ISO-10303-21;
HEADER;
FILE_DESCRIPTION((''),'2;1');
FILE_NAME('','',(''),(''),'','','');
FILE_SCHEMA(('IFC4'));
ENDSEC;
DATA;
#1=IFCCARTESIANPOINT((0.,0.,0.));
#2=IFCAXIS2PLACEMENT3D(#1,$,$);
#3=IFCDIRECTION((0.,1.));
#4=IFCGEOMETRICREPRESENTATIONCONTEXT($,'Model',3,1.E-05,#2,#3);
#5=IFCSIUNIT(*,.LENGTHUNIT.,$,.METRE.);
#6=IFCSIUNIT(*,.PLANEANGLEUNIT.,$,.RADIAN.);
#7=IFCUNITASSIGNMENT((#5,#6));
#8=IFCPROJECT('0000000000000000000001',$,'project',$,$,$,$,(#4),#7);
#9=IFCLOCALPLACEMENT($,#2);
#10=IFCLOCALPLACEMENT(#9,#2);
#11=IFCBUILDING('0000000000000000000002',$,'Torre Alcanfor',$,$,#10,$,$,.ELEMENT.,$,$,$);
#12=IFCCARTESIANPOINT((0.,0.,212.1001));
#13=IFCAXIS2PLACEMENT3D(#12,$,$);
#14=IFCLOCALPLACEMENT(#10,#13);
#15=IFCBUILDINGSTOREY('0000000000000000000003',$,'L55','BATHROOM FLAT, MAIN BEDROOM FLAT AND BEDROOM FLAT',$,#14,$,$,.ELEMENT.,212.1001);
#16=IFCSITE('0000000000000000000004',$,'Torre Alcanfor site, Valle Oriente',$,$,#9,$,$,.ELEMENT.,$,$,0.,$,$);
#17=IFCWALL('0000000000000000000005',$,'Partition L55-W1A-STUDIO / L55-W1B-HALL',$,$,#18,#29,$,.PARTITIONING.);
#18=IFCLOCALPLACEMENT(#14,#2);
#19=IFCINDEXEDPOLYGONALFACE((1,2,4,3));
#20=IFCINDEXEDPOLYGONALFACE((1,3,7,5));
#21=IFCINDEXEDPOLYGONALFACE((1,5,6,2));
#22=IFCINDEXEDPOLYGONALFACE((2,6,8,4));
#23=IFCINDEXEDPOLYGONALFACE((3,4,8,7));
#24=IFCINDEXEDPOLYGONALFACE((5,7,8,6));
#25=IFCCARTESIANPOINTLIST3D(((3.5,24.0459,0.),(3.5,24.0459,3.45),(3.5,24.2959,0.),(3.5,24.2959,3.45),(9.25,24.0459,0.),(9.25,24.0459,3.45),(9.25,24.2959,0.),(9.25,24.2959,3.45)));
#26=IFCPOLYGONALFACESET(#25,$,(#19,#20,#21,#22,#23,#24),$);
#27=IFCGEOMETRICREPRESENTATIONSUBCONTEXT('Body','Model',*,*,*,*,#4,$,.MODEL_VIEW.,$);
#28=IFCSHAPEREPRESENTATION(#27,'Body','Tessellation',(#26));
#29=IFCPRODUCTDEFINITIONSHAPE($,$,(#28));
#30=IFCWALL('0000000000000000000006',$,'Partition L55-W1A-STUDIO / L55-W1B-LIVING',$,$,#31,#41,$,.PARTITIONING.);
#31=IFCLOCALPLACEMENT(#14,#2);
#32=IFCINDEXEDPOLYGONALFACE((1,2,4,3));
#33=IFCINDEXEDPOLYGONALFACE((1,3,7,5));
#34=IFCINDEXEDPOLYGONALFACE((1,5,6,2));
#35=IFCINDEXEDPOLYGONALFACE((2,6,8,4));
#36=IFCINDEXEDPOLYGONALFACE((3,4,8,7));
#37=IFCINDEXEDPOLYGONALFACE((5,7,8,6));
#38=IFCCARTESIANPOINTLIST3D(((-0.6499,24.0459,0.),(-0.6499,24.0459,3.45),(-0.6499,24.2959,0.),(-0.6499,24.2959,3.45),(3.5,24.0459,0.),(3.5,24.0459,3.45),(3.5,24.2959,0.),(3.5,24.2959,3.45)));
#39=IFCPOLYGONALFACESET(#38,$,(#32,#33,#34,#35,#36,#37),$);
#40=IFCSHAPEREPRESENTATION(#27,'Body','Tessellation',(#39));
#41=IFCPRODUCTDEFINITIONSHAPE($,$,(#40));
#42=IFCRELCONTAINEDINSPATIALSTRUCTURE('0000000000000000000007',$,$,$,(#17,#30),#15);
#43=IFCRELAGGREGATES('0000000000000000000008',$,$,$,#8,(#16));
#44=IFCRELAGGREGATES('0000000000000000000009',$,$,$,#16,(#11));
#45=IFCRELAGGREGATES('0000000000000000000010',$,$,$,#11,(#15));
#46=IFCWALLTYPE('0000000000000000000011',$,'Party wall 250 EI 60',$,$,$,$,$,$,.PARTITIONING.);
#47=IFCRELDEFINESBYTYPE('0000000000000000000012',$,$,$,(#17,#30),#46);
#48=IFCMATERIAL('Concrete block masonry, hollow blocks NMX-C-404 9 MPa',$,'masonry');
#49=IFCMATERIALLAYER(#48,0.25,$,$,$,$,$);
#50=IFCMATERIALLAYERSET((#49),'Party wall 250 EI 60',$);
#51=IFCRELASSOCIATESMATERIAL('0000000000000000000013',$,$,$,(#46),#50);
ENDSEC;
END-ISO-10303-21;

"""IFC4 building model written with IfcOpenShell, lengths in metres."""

from ifc_helpers import new_model, si_unit, direction, frame, frame_2d, origin, place, context, subcontext, project, spatial, rectangle, extrude, material, layer, layer_set, type_object, element, save


model = new_model("IFC4")

# Units and contexts
model_context = context("Model", 3, precision=1e-05, world=origin(), true_north=direction((0.0, 1.0)))
body_context = subcontext(model_context, "Body", "Model", "MODEL_VIEW")
ifc_project = project(units=[si_unit("LENGTHUNIT", "METRE"), si_unit("PLANEANGLEUNIT", "RADIAN")], contexts=[model_context])

# Site, building, storey
site_placement = place(None, origin())
site = spatial("IfcSite", under=ifc_project, at=site_placement, Name="Torre Alcanfor site, Valle Oriente", CompositionType="ELEMENT", RefElevation=0.0)
building_placement = place(site_placement, origin())
building = spatial("IfcBuilding", under=site, at=building_placement, Name="Torre Alcanfor", CompositionType="ELEMENT")
storey_placement = place(building_placement, frame((0.0, 0.0, 212.1001)))
storey = spatial("IfcBuildingStorey", under=building, at=storey_placement, Name="L55", Description="BATHROOM FLAT, MAIN BEDROOM FLAT AND BEDROOM FLAT", CompositionType="ELEMENT", Elevation=212.1001)

# Walls
ifc_material_1 = material(Name="Concrete block masonry, hollow blocks NMX-C-404 9 MPa", Category="masonry")
ifc_layer_1 = layer(ifc_material_1, 0.25)
ifc_layer_set_1 = layer_set([ifc_layer_1], Name="Party wall 250 EI 60")
wall_type_1 = type_object("IfcWallType", Name="Party wall 250 EI 60", PredefinedType="PARTITIONING", material=ifc_layer_set_1)
wall_1_placement = place(storey_placement, frame((3.5, 24.1709, 0.0), z_axis=(0.0, 0.0, 1.0), x_axis=(1.0, 0.0, 0.0)))
element("IfcWall", 1, at=wall_1_placement, inside=storey, type_object=wall_type_1, Name="Partition L55-W1A-STUDIO / L55-W1B-HALL", PredefinedType="PARTITIONING", context=body_context, shape_type="SweptSolid", body=[
    extrude(rectangle(XDim=5.75, YDim=0.25, at=frame_2d((2.875, 0.0))), origin(), (0.0, 0.0, 1.0), 3.45),
])
wall_2_placement = place(storey_placement, frame((-0.6499, 24.1709, 0.0), z_axis=(0.0, 0.0, 1.0), x_axis=(1.0, 0.0, 0.0)))
element("IfcWall", 2, at=wall_2_placement, inside=storey, type_object=wall_type_1, Name="Partition L55-W1A-STUDIO / L55-W1B-LIVING", PredefinedType="PARTITIONING", context=body_context, shape_type="SweptSolid", body=[
    extrude(rectangle(XDim=4.1499, YDim=0.25, at=frame_2d((2.075, 0.0))), origin(), (0.0, 0.0, 1.0), 3.45),
])

save(model, "model.ifc")
